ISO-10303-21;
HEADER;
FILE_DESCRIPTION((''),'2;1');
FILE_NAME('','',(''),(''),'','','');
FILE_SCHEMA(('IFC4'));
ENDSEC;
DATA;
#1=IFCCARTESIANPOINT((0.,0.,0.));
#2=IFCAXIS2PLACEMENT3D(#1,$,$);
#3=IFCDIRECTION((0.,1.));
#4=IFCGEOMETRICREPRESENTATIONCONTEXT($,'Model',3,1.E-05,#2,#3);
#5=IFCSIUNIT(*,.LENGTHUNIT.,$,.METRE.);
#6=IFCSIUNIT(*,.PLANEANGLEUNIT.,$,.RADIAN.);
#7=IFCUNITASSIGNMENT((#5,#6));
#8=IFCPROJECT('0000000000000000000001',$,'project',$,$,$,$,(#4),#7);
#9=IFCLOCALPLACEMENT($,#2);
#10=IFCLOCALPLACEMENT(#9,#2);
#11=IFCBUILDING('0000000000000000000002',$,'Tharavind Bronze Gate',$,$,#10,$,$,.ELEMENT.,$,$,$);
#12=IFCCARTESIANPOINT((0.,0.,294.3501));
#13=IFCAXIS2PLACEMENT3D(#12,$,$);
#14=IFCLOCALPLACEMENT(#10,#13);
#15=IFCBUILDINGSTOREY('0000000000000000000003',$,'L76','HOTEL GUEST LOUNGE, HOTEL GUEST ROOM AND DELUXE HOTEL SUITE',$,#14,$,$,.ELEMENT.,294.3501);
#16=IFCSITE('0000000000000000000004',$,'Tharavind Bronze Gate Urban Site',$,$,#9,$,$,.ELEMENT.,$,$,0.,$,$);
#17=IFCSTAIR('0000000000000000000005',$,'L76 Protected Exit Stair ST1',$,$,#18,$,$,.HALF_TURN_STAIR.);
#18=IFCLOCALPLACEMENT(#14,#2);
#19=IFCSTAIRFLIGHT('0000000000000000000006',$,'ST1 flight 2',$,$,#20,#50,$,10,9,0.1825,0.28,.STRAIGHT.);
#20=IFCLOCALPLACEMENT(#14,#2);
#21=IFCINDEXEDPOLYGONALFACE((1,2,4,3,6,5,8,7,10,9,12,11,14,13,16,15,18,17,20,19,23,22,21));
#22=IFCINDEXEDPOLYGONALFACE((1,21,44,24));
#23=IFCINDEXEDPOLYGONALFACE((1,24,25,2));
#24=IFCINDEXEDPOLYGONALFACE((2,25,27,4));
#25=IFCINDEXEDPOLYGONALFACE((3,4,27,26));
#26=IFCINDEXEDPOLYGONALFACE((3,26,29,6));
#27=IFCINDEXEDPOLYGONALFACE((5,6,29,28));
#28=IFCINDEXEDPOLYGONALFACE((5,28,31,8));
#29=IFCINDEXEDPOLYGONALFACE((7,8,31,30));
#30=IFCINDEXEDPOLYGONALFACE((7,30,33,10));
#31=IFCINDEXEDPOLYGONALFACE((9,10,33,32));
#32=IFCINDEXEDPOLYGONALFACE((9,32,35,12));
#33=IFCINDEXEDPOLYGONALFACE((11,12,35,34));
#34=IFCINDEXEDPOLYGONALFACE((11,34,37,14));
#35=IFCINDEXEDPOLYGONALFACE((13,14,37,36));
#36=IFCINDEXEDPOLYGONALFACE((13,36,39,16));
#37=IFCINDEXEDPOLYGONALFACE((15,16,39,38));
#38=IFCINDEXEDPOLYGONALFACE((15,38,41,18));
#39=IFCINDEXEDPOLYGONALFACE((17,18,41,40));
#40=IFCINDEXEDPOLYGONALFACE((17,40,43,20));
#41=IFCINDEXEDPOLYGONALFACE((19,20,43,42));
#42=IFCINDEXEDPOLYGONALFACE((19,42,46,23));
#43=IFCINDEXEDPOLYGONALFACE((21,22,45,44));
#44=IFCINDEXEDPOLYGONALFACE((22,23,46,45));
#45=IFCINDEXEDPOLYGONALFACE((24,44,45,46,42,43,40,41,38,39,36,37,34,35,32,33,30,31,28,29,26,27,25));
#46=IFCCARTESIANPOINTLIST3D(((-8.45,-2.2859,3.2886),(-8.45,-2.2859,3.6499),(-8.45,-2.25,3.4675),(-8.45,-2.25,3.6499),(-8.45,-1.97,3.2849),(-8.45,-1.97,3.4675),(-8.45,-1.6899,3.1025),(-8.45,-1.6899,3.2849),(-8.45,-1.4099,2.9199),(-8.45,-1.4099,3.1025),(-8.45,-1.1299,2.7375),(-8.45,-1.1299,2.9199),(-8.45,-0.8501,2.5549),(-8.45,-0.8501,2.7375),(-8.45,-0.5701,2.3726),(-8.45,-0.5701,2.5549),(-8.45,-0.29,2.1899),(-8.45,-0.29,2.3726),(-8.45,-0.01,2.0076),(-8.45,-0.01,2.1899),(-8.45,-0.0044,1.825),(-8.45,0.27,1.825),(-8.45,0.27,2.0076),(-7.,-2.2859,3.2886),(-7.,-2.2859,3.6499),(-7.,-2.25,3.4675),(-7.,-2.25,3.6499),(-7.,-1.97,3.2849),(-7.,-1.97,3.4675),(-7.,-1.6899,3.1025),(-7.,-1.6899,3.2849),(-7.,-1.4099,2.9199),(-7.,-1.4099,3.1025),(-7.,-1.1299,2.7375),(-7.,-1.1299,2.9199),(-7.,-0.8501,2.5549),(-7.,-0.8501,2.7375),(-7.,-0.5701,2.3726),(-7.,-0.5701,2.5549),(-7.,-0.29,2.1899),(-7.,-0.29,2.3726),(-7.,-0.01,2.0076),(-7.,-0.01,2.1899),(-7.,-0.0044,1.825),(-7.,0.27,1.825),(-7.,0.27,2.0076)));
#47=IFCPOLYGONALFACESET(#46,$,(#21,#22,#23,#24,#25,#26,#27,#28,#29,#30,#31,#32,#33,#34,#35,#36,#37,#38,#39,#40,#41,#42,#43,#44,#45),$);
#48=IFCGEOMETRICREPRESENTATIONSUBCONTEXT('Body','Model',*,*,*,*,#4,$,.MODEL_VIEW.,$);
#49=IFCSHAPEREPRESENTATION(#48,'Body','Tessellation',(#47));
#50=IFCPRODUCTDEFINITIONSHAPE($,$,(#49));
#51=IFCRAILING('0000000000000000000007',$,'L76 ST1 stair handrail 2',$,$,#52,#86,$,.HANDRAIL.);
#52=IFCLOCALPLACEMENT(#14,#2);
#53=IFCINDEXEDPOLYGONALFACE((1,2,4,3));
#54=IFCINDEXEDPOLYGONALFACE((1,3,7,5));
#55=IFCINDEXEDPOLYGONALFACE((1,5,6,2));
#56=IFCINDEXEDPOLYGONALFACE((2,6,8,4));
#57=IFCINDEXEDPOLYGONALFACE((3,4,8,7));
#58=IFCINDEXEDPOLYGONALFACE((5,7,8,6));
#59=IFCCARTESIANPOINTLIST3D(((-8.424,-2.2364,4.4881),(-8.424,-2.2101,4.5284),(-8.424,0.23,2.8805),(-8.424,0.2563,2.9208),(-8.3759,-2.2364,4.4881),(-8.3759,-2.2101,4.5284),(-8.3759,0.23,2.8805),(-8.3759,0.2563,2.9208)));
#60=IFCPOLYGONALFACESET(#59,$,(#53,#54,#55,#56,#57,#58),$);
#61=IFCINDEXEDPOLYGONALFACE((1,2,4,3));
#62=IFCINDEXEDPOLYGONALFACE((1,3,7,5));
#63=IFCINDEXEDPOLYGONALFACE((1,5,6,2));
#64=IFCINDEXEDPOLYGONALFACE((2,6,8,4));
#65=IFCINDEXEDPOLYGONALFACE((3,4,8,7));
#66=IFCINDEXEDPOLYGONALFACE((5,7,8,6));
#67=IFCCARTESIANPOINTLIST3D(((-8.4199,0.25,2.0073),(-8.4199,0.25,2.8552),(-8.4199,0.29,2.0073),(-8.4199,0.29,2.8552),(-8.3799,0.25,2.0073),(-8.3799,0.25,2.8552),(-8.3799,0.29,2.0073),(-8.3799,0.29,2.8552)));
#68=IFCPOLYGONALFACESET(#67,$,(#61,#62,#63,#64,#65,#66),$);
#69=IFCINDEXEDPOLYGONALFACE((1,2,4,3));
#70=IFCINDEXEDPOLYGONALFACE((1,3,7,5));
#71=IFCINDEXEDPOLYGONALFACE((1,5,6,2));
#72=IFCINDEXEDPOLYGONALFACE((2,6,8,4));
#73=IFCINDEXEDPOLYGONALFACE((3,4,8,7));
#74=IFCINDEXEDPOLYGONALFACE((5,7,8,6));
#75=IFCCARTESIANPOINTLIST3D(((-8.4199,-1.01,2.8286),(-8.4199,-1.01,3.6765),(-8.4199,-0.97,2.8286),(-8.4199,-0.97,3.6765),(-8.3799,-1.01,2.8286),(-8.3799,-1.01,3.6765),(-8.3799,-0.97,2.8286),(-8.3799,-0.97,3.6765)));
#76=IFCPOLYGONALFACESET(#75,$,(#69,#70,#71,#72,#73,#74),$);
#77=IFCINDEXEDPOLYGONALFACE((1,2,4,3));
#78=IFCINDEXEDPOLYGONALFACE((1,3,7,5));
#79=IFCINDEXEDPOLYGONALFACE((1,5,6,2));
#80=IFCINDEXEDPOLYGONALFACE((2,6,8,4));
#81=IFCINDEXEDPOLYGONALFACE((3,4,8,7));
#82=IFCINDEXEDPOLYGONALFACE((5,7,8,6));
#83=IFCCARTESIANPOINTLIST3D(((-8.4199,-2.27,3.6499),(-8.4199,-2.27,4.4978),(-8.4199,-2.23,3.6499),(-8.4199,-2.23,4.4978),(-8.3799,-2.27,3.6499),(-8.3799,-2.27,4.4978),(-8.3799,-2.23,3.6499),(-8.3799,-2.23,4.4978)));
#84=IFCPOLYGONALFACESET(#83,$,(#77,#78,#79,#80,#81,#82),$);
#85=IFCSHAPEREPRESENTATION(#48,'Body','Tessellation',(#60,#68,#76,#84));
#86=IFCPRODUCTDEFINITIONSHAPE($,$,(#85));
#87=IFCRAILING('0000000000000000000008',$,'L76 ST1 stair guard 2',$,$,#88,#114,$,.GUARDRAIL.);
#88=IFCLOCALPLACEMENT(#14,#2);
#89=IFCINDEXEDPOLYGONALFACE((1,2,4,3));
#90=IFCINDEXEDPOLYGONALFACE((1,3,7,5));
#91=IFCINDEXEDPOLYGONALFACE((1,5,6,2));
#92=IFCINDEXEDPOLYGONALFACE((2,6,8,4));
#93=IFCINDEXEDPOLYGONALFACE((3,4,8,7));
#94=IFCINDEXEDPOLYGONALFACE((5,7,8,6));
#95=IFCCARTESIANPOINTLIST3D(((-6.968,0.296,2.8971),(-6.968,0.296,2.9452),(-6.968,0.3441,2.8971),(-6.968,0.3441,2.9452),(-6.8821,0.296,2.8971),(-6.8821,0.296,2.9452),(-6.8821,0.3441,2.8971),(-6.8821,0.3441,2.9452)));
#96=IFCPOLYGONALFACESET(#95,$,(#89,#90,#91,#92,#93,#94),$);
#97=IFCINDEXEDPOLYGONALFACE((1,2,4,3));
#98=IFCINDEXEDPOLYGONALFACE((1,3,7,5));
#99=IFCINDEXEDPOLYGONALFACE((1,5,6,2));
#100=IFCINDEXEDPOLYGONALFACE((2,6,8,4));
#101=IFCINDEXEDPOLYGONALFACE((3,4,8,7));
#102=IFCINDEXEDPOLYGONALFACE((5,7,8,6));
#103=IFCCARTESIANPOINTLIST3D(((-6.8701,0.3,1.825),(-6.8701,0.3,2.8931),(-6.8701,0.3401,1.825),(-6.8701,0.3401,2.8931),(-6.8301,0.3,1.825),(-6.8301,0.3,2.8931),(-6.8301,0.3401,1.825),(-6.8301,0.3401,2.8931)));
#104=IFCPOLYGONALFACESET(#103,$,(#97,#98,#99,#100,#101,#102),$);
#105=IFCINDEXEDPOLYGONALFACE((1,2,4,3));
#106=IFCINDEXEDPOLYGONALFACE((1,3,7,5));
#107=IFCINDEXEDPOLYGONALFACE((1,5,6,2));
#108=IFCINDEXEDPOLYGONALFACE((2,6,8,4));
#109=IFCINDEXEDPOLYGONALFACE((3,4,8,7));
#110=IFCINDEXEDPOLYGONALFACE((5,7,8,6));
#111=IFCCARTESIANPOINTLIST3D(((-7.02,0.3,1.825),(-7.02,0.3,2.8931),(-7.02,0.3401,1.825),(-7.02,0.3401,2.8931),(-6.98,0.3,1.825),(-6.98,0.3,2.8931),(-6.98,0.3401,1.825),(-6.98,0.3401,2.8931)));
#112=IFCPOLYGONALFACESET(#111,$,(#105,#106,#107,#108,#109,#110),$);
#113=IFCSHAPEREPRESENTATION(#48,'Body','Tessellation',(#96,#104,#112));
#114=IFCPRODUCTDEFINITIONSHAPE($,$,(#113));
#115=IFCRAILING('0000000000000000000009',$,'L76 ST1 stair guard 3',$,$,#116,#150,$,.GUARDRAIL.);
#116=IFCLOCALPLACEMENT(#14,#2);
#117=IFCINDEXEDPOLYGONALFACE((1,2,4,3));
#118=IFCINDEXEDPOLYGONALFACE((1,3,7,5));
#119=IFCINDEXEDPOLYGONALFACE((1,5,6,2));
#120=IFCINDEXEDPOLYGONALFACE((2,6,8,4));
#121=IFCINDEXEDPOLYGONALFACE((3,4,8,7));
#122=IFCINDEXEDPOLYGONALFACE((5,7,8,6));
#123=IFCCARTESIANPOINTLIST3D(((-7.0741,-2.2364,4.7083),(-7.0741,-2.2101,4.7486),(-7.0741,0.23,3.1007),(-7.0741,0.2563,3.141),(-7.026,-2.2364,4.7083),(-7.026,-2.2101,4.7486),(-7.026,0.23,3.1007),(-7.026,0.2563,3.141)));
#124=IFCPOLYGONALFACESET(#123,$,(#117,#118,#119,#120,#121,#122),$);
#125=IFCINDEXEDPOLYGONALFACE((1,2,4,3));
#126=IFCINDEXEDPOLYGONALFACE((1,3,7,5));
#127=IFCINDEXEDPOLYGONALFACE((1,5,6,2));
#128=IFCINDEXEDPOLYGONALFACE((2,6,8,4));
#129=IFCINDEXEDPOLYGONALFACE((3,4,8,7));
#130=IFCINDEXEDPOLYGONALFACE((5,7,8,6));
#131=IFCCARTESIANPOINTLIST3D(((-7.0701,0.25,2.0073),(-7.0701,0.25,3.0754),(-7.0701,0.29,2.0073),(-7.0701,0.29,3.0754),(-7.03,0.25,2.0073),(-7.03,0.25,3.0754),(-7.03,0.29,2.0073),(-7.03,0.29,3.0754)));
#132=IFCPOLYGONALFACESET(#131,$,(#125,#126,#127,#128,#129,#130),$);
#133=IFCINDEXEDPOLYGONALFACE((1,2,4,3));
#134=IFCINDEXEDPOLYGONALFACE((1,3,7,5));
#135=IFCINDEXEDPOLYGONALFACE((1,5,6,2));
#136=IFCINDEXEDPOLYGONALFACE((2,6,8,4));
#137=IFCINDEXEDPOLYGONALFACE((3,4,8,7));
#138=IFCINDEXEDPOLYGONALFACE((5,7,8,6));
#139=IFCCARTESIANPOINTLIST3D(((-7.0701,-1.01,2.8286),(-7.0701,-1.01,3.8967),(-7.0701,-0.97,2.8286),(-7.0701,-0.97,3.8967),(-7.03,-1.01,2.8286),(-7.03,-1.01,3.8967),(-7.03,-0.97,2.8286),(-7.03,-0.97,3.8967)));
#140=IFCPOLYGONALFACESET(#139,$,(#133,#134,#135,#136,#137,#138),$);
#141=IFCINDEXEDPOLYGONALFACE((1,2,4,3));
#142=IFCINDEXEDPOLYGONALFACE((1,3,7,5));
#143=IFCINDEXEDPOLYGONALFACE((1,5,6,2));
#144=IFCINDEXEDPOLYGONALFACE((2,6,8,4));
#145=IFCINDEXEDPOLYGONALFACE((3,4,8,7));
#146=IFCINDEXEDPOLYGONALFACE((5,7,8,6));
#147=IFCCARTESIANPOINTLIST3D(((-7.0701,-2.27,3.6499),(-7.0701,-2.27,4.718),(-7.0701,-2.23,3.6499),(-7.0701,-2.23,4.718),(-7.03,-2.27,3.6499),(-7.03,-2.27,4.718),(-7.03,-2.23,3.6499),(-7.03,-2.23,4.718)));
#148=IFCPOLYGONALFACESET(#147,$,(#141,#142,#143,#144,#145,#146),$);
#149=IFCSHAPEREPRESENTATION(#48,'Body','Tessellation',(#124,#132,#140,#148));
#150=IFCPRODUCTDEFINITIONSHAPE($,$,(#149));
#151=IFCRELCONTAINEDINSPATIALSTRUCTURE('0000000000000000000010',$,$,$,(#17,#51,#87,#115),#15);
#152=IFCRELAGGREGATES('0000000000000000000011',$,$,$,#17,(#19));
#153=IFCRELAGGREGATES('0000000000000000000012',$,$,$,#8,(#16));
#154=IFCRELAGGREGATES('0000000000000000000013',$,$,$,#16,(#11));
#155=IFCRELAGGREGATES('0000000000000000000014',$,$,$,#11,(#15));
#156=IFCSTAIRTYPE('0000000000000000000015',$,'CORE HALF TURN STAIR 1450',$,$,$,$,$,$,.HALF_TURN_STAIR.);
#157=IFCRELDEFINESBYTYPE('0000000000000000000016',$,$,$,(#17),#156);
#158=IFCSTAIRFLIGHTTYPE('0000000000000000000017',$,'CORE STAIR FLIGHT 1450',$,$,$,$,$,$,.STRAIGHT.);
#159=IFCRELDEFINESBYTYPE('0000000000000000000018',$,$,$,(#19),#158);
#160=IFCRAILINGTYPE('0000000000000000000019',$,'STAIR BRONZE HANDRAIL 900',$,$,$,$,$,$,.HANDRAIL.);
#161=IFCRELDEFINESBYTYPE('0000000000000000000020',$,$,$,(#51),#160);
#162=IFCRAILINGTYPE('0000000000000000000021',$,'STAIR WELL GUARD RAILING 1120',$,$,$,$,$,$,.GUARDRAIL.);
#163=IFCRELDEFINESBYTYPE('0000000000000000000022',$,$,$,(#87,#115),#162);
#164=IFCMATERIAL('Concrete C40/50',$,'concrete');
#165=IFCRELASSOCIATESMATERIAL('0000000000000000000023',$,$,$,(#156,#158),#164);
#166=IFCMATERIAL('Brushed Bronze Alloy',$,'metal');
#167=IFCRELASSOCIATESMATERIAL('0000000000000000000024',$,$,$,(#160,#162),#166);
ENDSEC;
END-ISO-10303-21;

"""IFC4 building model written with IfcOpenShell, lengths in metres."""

from ifc_helpers import new_model, si_unit, direction, frame, origin, origin_2d, place, context, subcontext, project, spatial, polyline, rectangle, outline, extrude, material, type_object, element, aggregate, save


model = new_model("IFC4")

# Units and contexts
model_context = context("Model", 3, precision=1e-05, world=origin(), true_north=direction((0.0, 1.0)))
body_context = subcontext(model_context, "Body", "Model", "MODEL_VIEW")
ifc_project = project(units=[si_unit("LENGTHUNIT", "METRE"), si_unit("PLANEANGLEUNIT", "RADIAN")], contexts=[model_context])

# Site, building, storey
site_placement = place(None, origin())
site = spatial("IfcSite", under=ifc_project, at=site_placement, Name="Tharavind Bronze Gate Urban Site", CompositionType="ELEMENT", RefElevation=0.0)
building_placement = place(site_placement, origin())
building = spatial("IfcBuilding", under=site, at=building_placement, Name="Tharavind Bronze Gate", CompositionType="ELEMENT")
storey_placement = place(building_placement, frame((0.0, 0.0, 294.3501)))
storey = spatial("IfcBuildingStorey", under=building, at=storey_placement, Name="L76", Description="HOTEL GUEST LOUNGE, HOTEL GUEST ROOM AND DELUXE HOTEL SUITE", CompositionType="ELEMENT", Elevation=294.3501)

# Stair, stair flight
ifc_material_1 = material(Name="Concrete C40/50", Category="concrete")
stair_type = type_object("IfcStairType", Name="CORE HALF TURN STAIR 1450", PredefinedType="HALF_TURN_STAIR", material=ifc_material_1)
stair_placement = place(storey_placement, origin())
stair = element("IfcStair", 1, at=stair_placement, inside=storey, type_object=stair_type, Name="L76 Protected Exit Stair ST1", PredefinedType="HALF_TURN_STAIR")
stair_flight_type = type_object("IfcStairFlightType", Name="CORE STAIR FLIGHT 1450", PredefinedType="STRAIGHT", material=ifc_material_1)
stair_flight_placement = place(storey_placement, frame((-7.7251, 0.27, 1.825), z_axis=(0.0, 0.0, 1.0), x_axis=(0.0, -1.0, 0.0)))
stair_flight = element("IfcStairFlight", 2, at=stair_flight_placement, type_object=stair_flight_type, Name="ST1 flight 2", NumberOfRisers=10, NumberOfTreads=9, PredefinedType="STRAIGHT", RiserHeight=0.1825, TreadLength=0.28, context=body_context, shape_type="SweptSolid", body=[
    extrude(outline(polyline([(0.0, 0.0), (0.0, 0.1826), (0.28, 0.1826), (0.28, 0.365), (0.5601, 0.365), (0.5601, 0.5476), (0.8401, 0.5476), (0.8401, 0.73), (1.1201, 0.73), (1.1201, 0.9126), (1.3999, 0.9126), (1.3999, 1.095), (1.6799, 1.095), (1.6799, 1.2776), (1.96, 1.2776), (1.96, 1.46), (2.24, 1.46), (2.24, 1.6426), (2.52, 1.6426), (2.52, 1.825), (2.5559, 1.825), (2.5559, 1.4636), (0.2744, 0.0), (0.0, 0.0)])), frame((0.0, 0.7251, 0.0), z_axis=(0.0, -1.0, 0.0), x_axis=(1.0, 0.0, 0.0)), (0.0, 0.0, 1.0), 1.45),
])
aggregate(stair, [stair_flight])

# Railings
ifc_material_2 = material(Name="Brushed Bronze Alloy", Category="metal")
railing_type_1 = type_object("IfcRailingType", Name="STAIR BRONZE HANDRAIL 900", PredefinedType="HANDRAIL", material=ifc_material_2)
railing_1_placement = place(storey_placement, frame((-8.3999, 0.27, 2.0073)))
element("IfcRailing", 3, at=railing_1_placement, inside=storey, type_object=railing_type_1, Name="L76 ST1 stair handrail 2", PredefinedType="HANDRAIL", context=body_context, shape_type="SweptSolid", body=[
    extrude(rectangle(XDim=0.0481, YDim=0.0481, at=origin_2d()), frame((0.0, -0.0269, 0.8933), z_axis=(0.0, -0.837749, 0.546055), x_axis=(1.0, 0.0, 0.0)), (0.0, 0.0, 1.0), 2.9441),
    extrude(rectangle(XDim=0.04, YDim=0.04, at=origin_2d()), origin(), (0.0, 0.0, 1.0), 0.8479),
    extrude(rectangle(XDim=0.04, YDim=0.04, at=origin_2d()), frame((0.0, -1.26, 0.8213)), (0.0, 0.0, 1.0), 0.8479),
    extrude(rectangle(XDim=0.04, YDim=0.04, at=origin_2d()), frame((0.0, -2.52, 1.6426)), (0.0, 0.0, 1.0), 0.8479),
])
railing_type_2 = type_object("IfcRailingType", Name="STAIR WELL GUARD RAILING 1120", PredefinedType="GUARDRAIL", material=ifc_material_2)
railing_2_placement = place(storey_placement, frame((-6.8501, 0.3201, 1.825)))
element("IfcRailing", 4, at=railing_2_placement, inside=storey, type_object=railing_type_2, Name="L76 ST1 stair guard 2", PredefinedType="GUARDRAIL", context=body_context, shape_type="SweptSolid", body=[
    extrude(rectangle(XDim=0.0481, YDim=0.0481, at=origin_2d()), frame((-0.032, 0.0, 1.0962), z_axis=(-1.0, 0.0, 0.0), x_axis=(0.0, -1.0, 0.0)), (0.0, 0.0, 1.0), 0.0859),
    extrude(rectangle(XDim=0.04, YDim=0.04, at=origin_2d()), origin(), (0.0, 0.0, 1.0), 1.0681),
    extrude(rectangle(XDim=0.04, YDim=0.04, at=origin_2d()), frame((-0.1499, 0.0, 0.0)), (0.0, 0.0, 1.0), 1.0681),
])
railing_3_placement = place(storey_placement, frame((-7.05, 0.27, 2.0073)))
element("IfcRailing", 5, at=railing_3_placement, inside=storey, type_object=railing_type_2, Name="L76 ST1 stair guard 3", PredefinedType="GUARDRAIL", context=body_context, shape_type="SweptSolid", body=[
    extrude(rectangle(XDim=0.0481, YDim=0.0481, at=origin_2d()), frame((0.0, -0.0269, 1.1135), z_axis=(0.0, -0.837749, 0.546055), x_axis=(1.0, 0.0, 0.0)), (0.0, 0.0, 1.0), 2.9441),
    extrude(rectangle(XDim=0.04, YDim=0.04, at=origin_2d()), origin(), (0.0, 0.0, 1.0), 1.0681),
    extrude(rectangle(XDim=0.04, YDim=0.04, at=origin_2d()), frame((0.0, -1.26, 0.8213)), (0.0, 0.0, 1.0), 1.0681),
    extrude(rectangle(XDim=0.04, YDim=0.04, at=origin_2d()), frame((0.0, -2.52, 1.6426)), (0.0, 0.0, 1.0), 1.0681),
])

save(model, "model.ifc")
